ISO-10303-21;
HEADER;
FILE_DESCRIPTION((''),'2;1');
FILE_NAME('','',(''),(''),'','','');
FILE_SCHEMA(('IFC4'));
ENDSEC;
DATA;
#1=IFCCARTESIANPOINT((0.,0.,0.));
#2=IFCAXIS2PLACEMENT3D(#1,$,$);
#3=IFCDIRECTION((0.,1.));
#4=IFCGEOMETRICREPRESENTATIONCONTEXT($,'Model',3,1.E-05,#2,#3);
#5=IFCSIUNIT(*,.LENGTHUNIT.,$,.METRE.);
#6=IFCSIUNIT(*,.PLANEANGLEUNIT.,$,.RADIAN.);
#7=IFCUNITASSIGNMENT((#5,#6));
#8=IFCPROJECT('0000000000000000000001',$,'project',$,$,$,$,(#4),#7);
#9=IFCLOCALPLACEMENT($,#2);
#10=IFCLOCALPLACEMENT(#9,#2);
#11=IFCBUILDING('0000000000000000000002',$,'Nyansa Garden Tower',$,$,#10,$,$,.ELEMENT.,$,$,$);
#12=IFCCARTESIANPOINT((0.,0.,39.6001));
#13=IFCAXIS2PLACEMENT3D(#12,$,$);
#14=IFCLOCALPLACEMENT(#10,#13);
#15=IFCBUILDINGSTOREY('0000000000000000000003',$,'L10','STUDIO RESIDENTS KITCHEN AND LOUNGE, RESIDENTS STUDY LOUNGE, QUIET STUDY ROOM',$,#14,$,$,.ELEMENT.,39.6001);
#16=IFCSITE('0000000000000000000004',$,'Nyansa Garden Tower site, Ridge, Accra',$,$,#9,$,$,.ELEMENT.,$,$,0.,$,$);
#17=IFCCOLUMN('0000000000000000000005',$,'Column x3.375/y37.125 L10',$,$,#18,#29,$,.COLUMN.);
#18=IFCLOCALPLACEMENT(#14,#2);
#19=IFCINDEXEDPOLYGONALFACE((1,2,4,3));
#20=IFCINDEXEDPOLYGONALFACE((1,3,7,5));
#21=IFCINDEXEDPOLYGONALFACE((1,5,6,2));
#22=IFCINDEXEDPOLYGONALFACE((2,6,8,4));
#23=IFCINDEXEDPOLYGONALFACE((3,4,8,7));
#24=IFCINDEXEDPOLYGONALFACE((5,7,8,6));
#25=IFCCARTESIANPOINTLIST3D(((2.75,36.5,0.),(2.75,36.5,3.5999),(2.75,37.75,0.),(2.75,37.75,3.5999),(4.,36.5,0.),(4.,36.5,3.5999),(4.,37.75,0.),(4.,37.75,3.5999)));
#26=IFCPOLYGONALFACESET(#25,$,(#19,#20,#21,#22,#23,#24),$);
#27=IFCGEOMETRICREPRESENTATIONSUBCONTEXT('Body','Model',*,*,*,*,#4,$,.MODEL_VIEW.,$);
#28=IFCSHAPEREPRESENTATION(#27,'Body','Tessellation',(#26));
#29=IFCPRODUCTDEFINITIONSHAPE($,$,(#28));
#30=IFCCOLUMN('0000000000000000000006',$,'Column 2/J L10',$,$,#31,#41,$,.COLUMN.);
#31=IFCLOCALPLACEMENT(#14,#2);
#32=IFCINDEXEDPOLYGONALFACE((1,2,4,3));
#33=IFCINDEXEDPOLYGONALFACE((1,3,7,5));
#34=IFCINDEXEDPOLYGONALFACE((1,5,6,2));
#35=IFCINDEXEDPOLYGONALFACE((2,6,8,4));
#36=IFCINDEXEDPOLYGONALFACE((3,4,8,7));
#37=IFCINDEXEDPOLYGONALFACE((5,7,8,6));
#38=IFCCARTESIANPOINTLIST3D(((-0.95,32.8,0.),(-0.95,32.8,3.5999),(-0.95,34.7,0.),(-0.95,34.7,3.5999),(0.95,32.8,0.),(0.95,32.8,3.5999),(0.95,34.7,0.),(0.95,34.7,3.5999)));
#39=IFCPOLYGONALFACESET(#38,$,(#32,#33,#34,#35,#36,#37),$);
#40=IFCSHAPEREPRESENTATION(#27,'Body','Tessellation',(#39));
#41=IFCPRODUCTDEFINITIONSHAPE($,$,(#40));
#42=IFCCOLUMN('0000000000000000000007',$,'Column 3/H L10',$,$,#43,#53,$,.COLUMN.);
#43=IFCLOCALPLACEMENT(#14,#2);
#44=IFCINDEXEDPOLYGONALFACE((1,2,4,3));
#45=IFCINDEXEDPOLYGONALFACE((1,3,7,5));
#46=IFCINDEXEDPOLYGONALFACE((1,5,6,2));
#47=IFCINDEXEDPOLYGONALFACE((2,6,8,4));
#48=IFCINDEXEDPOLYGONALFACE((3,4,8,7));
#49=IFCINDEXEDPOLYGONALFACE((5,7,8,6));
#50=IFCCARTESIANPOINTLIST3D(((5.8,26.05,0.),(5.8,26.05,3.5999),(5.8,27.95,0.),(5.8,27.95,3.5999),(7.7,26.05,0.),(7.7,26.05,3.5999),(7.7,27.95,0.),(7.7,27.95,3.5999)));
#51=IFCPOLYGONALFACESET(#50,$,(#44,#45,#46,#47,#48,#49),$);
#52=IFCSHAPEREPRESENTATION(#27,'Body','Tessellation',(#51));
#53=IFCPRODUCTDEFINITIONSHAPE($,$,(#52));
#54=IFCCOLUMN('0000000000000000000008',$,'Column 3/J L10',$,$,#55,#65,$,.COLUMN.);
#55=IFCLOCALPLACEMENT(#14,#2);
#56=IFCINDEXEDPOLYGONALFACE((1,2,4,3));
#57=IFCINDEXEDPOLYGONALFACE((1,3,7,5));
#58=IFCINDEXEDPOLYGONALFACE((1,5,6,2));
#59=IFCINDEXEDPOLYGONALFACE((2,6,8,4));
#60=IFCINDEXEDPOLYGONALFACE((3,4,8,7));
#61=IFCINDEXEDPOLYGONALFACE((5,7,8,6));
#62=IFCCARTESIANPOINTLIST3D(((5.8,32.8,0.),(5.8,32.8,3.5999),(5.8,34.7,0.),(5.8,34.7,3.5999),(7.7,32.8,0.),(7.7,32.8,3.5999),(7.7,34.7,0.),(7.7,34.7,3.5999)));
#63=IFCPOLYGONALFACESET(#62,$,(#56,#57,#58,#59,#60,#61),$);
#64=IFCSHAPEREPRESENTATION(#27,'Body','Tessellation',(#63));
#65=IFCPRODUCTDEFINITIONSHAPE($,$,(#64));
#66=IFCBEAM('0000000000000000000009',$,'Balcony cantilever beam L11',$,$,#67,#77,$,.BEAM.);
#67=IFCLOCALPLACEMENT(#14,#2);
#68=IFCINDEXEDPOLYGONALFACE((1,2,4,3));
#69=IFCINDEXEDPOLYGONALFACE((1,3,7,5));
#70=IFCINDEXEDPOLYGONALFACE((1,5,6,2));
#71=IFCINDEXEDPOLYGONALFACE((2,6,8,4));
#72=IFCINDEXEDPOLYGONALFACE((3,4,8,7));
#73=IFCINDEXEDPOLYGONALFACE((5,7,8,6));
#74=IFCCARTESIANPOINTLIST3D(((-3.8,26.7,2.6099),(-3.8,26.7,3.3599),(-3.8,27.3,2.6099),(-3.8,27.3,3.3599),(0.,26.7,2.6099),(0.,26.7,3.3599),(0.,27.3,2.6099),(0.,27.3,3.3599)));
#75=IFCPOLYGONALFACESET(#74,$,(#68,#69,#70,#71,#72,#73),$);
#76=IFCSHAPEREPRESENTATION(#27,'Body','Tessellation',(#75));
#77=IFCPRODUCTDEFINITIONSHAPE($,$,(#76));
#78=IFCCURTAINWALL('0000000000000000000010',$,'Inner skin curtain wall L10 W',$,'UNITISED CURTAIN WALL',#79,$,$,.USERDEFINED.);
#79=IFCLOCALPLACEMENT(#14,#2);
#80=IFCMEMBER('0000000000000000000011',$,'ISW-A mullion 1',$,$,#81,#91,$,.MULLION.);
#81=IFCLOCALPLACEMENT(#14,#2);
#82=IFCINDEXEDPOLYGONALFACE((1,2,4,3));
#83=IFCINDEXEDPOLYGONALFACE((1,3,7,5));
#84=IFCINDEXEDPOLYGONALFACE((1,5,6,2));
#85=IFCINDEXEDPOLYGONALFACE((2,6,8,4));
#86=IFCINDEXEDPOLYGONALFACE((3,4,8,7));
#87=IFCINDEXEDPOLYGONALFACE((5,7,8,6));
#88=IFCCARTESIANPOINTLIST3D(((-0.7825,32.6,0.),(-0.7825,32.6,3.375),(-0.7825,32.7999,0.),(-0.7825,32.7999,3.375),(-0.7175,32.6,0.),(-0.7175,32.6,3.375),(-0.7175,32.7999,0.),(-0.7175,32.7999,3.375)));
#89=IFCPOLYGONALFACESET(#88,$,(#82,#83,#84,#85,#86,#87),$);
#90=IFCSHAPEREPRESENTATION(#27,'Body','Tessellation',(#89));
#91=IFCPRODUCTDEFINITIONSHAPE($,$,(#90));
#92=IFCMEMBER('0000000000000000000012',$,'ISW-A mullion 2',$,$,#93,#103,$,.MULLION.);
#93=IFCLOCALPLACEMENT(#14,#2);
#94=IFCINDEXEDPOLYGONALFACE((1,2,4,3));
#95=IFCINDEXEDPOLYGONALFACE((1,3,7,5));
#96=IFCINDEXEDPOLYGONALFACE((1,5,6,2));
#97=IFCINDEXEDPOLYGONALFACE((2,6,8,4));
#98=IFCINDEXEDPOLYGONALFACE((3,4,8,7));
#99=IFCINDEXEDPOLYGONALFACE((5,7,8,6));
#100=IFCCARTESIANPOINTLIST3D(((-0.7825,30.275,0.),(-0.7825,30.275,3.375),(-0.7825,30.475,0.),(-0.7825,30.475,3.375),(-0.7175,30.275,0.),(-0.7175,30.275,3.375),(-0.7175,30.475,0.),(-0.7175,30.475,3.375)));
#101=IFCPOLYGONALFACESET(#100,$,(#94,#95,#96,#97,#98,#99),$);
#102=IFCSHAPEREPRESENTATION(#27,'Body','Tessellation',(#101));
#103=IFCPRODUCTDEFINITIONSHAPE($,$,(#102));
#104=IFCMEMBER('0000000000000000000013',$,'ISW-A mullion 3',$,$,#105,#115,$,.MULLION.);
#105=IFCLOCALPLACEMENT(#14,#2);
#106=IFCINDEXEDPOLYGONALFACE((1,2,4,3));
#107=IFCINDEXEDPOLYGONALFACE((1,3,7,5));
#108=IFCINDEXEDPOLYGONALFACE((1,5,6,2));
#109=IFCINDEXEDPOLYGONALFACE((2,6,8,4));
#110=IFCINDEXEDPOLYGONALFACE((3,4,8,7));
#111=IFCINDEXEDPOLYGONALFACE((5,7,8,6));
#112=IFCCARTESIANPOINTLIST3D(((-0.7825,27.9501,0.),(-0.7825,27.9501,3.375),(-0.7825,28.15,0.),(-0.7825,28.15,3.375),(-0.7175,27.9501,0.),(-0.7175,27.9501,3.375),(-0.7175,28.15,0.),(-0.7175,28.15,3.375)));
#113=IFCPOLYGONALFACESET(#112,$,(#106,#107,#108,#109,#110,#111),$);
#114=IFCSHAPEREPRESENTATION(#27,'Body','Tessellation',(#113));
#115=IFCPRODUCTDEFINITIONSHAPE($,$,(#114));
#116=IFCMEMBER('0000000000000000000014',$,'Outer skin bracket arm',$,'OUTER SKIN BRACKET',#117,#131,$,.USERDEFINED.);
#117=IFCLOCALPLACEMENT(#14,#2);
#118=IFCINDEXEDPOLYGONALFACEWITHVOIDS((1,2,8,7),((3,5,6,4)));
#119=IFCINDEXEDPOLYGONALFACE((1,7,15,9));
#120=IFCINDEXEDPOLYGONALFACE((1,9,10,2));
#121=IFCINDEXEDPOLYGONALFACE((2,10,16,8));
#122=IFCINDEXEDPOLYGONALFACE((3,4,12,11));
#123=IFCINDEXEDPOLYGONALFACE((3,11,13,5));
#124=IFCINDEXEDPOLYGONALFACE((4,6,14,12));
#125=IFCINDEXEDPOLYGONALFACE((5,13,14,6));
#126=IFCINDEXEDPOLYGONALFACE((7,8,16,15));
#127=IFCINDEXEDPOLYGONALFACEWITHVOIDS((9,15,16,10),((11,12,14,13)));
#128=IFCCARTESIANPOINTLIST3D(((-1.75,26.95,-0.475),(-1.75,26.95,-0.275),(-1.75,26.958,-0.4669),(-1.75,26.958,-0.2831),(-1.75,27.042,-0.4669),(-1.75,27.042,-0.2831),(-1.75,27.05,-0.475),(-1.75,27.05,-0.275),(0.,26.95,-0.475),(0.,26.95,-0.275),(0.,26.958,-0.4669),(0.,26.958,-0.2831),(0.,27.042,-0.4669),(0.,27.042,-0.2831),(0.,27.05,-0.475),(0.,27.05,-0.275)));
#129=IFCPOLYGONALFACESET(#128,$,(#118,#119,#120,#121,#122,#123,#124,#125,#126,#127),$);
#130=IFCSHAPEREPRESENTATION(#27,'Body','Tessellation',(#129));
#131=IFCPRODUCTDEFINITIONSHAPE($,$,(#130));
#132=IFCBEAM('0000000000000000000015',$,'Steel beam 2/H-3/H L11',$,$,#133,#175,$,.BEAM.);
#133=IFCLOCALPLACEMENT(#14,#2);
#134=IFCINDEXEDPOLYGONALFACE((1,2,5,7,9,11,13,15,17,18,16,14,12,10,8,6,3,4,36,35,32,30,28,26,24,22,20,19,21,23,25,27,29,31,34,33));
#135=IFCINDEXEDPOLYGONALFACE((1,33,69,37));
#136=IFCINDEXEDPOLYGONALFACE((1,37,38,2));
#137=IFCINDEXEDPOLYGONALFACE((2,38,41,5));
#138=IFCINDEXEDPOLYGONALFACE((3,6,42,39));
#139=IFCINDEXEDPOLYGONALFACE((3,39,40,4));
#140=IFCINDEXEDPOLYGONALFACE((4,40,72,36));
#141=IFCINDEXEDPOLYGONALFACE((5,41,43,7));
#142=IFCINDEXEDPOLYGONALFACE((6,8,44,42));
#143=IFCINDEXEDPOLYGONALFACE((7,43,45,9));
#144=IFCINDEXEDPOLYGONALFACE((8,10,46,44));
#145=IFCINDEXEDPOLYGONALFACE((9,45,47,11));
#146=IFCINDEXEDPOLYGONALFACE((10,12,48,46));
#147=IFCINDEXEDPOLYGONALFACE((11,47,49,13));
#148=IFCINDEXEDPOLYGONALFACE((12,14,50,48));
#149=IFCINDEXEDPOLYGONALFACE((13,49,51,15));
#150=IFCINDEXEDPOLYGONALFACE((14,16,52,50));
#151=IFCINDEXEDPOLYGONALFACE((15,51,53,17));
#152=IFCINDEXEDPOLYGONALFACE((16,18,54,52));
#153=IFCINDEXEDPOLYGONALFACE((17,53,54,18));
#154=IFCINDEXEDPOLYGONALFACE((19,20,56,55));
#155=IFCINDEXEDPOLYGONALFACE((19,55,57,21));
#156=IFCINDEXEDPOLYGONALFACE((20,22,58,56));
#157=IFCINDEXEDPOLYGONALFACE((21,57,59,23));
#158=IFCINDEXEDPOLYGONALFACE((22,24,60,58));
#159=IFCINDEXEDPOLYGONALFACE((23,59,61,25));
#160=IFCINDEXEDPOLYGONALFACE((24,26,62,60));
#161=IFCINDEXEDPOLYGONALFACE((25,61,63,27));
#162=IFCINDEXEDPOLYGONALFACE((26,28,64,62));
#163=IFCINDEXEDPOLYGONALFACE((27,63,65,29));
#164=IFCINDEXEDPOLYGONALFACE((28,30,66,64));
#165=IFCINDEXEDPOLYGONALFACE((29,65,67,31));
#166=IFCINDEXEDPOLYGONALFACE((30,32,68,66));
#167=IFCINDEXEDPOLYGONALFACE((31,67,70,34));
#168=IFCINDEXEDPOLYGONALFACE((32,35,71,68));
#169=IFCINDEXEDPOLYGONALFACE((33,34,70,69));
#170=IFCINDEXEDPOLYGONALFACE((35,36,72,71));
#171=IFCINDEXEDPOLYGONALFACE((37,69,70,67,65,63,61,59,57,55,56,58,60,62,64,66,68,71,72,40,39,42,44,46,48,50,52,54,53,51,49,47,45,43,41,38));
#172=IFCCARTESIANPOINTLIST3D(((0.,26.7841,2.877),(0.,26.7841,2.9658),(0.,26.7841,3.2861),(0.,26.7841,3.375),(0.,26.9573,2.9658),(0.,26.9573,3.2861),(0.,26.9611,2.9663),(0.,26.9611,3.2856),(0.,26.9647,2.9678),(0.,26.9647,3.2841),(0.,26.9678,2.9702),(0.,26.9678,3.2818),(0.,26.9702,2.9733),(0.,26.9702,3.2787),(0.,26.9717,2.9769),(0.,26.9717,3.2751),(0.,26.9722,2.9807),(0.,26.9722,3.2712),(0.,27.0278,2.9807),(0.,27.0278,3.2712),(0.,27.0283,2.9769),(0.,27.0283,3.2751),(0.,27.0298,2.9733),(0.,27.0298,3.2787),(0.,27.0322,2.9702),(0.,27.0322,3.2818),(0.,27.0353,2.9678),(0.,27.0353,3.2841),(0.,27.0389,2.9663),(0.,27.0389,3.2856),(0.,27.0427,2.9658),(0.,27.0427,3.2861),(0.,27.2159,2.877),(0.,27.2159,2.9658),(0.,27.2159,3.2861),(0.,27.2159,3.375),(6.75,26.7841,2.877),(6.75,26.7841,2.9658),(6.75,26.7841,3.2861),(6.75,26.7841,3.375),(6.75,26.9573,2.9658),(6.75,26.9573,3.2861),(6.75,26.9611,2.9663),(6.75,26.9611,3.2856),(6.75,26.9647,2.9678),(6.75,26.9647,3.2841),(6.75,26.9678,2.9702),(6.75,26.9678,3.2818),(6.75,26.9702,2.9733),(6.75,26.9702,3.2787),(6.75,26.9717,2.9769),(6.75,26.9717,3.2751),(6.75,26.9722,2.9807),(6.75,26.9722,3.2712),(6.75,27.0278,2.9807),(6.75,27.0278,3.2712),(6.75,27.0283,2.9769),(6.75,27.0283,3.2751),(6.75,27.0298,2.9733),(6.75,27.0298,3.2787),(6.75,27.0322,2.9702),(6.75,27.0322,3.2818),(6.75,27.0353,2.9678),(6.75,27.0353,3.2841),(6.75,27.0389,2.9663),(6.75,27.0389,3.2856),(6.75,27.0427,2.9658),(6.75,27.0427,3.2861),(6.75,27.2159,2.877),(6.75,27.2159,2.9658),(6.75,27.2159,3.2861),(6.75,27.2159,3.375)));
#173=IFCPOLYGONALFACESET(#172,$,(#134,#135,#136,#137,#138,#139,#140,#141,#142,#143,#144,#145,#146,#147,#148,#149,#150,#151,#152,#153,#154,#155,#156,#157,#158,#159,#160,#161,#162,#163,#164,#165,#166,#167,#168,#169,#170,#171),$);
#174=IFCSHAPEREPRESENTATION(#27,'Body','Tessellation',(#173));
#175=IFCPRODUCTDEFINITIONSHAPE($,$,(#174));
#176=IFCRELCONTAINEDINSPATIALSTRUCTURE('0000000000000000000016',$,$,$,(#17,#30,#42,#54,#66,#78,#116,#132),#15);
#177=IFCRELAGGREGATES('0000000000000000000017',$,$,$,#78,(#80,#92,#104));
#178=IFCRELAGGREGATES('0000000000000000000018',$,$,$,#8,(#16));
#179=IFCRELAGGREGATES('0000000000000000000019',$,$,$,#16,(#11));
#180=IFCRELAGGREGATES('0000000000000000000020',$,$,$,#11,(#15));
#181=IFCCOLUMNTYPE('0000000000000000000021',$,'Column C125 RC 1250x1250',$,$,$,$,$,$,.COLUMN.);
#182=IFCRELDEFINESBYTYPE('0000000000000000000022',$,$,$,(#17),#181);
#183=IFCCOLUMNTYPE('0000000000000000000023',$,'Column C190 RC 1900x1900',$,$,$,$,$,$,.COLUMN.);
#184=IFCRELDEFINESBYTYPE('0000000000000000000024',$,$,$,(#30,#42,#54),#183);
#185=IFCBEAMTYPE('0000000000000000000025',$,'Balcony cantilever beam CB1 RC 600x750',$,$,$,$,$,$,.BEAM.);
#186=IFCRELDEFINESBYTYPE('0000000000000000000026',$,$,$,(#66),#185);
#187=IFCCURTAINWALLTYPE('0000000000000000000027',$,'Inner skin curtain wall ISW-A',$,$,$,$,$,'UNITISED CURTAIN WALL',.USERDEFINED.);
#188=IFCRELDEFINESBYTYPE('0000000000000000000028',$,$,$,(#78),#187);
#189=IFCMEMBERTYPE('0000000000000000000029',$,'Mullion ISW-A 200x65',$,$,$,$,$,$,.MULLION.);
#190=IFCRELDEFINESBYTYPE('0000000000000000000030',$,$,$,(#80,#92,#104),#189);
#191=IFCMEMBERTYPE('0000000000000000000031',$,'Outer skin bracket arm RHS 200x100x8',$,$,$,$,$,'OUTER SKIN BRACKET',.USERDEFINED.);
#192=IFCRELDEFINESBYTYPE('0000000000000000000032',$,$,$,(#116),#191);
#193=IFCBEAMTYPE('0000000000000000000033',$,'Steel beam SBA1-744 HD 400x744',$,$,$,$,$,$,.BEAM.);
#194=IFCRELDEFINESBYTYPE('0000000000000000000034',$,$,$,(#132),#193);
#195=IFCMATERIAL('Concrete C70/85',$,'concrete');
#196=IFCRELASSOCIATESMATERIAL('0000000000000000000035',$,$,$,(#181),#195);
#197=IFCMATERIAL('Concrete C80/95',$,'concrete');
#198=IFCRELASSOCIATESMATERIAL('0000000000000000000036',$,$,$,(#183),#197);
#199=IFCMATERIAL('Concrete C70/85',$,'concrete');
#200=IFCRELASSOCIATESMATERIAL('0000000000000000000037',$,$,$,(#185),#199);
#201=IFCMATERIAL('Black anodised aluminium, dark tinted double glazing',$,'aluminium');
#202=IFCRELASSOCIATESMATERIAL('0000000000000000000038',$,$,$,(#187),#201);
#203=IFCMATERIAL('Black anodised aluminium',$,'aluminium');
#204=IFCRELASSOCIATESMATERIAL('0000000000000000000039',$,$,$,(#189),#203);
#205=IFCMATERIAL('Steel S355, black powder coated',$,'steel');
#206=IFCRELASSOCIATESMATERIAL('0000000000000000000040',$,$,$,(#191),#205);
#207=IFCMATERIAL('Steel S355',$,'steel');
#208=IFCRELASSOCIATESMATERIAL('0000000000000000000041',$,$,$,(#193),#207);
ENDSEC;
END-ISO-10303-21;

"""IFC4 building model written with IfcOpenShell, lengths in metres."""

from ifc_helpers import new_model, si_unit, direction, frame, origin, origin_2d, place, context, subcontext, project, spatial, rectangle, hollow_rectangle, i_section, extrude, material, material_profile, profile_set, type_object, element, aggregate, save


model = new_model("IFC4")

# Units and contexts
model_context = context("Model", 3, precision=1e-05, world=origin(), true_north=direction((0.0, 1.0)))
body_context = subcontext(model_context, "Body", "Model", "MODEL_VIEW")
ifc_project = project(units=[si_unit("LENGTHUNIT", "METRE"), si_unit("PLANEANGLEUNIT", "RADIAN")], contexts=[model_context])

# Site, building, storey
site_placement = place(None, origin())
site = spatial("IfcSite", under=ifc_project, at=site_placement, Name="Nyansa Garden Tower site, Ridge, Accra", CompositionType="ELEMENT", RefElevation=0.0)
building_placement = place(site_placement, origin())
building = spatial("IfcBuilding", under=site, at=building_placement, Name="Nyansa Garden Tower", CompositionType="ELEMENT")
storey_placement = place(building_placement, frame((0.0, 0.0, 39.6001)))
storey = spatial("IfcBuildingStorey", under=building, at=storey_placement, Name="L10", Description="STUDIO RESIDENTS KITCHEN AND LOUNGE, RESIDENTS STUDY LOUNGE, QUIET STUDY ROOM", CompositionType="ELEMENT", Elevation=39.6001)

# Columns
ifc_material_1 = material(Name="Concrete C70/85", Category="concrete")
ifc_material_profile_1 = material_profile(ifc_material_1, rectangle(XDim=1.25, YDim=1.25, at=origin_2d()), Name="RC 1250x1250")
ifc_profile_set_1 = profile_set([ifc_material_profile_1], Name="Concrete C70/85")
column_type_1 = type_object("IfcColumnType", Name="Column C125 RC 1250x1250", PredefinedType="COLUMN", material=ifc_profile_set_1)
column_placement = place(storey_placement, frame((3.375, 37.125, 0.0), z_axis=(0.0, 0.0, 1.0), x_axis=(1.0, 0.0, 0.0)))
element("IfcColumn", 1, at=column_placement, inside=storey, type_object=column_type_1, Name="Column x3.375/y37.125 L10", PredefinedType="COLUMN", context=body_context, shape_type="SweptSolid", body=[
    extrude(rectangle(XDim=1.25, YDim=1.25, at=origin_2d()), origin(), (0.0, 0.0, 1.0), 3.5999),
])
ifc_material_2 = material(Name="Concrete C80/95", Category="concrete")
ifc_material_profile_2 = material_profile(ifc_material_2, rectangle(XDim=1.8999, YDim=1.8999, at=origin_2d()), Name="RC 1900x1900")
ifc_profile_set_2 = profile_set([ifc_material_profile_2], Name="Concrete C80/95")
column_type_2 = type_object("IfcColumnType", Name="Column C190 RC 1900x1900", PredefinedType="COLUMN", material=ifc_profile_set_2)
for number, where, z_axis, x_axis, name in (
    (2, (0.0, 33.75, 0.0), (0.0, 0.0, 1.0), (1.0, 0.0, 0.0), "Column 2/J L10"),
    (3, (6.75, 27.0, 0.0), (0.0, 0.0, 1.0), (1.0, 0.0, 0.0), "Column 3/H L10"),
    (4, (6.75, 33.75, 0.0), (0.0, 0.0, 1.0), (1.0, 0.0, 0.0), "Column 3/J L10"),
):
    element("IfcColumn", number, at=place(storey_placement, frame(where, z_axis=z_axis, x_axis=x_axis)), inside=storey, type_object=column_type_2, Name=name, PredefinedType="COLUMN", context=body_context, shape_type="SweptSolid", body=[
        extrude(rectangle(XDim=1.8999, YDim=1.8999, at=origin_2d()), origin(), (0.0, 0.0, 1.0), 3.5999),
    ])

# Beam
ifc_material_3 = material(Name="Concrete C70/85", Category="concrete")
ifc_material_profile_3 = material_profile(ifc_material_3, rectangle(XDim=0.6001, YDim=0.75, at=origin_2d()), Name="RC 600x750")
ifc_profile_set_3 = profile_set([ifc_material_profile_3], Name="Concrete C70/85")
beam_type_1 = type_object("IfcBeamType", Name="Balcony cantilever beam CB1 RC 600x750", PredefinedType="BEAM", material=ifc_profile_set_3)
beam_1_placement = place(storey_placement, frame((0.0, 27.0, 2.9849), z_axis=(-1.0, 0.0, 0.0), x_axis=(0.0, -1.0, 0.0)))
element("IfcBeam", 5, at=beam_1_placement, inside=storey, type_object=beam_type_1, Name="Balcony cantilever beam L11", PredefinedType="BEAM", context=body_context, shape_type="SweptSolid", body=[
    extrude(rectangle(XDim=0.6001, YDim=0.75, at=origin_2d()), origin(), (0.0, 0.0, 1.0), 3.8),
])

# Curtain wall, members
ifc_material_4 = material(Name="Black anodised aluminium, dark tinted double glazing", Category="aluminium")
curtain_wall_type = type_object("IfcCurtainWallType", Name="Inner skin curtain wall ISW-A", ElementType="UNITISED CURTAIN WALL", PredefinedType="USERDEFINED", material=ifc_material_4)
curtain_wall_placement = place(storey_placement, origin())
curtain_wall = element("IfcCurtainWall", 6, at=curtain_wall_placement, inside=storey, type_object=curtain_wall_type, Name="Inner skin curtain wall L10 W", ObjectType="UNITISED CURTAIN WALL", PredefinedType="USERDEFINED")
ifc_material_5 = material(Name="Black anodised aluminium", Category="aluminium")
ifc_material_profile_4 = material_profile(ifc_material_5, rectangle(XDim=0.0649, YDim=0.2, at=origin_2d()), Name="Mullion 200x65")
ifc_profile_set_4 = profile_set([ifc_material_profile_4], Name="Black anodised aluminium")
member_type_1 = type_object("IfcMemberType", Name="Mullion ISW-A 200x65", PredefinedType="MULLION", material=ifc_profile_set_4)
member_1_placement = place(storey_placement, frame((-0.75, 32.7, 0.0), z_axis=(0.0, 0.0, 1.0), x_axis=(1.0, 0.0, 0.0)))
member_1 = element("IfcMember", 7, at=member_1_placement, type_object=member_type_1, Name="ISW-A mullion 1", PredefinedType="MULLION", context=body_context, shape_type="SweptSolid", body=[
    extrude(rectangle(XDim=0.0649, YDim=0.2, at=origin_2d()), origin(), (0.0, 0.0, 1.0), 3.375),
])
member_2_placement = place(storey_placement, frame((-0.75, 30.375, 0.0), z_axis=(0.0, 0.0, 1.0), x_axis=(1.0, 0.0, 0.0)))
member_2 = element("IfcMember", 8, at=member_2_placement, type_object=member_type_1, Name="ISW-A mullion 2", PredefinedType="MULLION", context=body_context, shape_type="SweptSolid", body=[
    extrude(rectangle(XDim=0.0649, YDim=0.2, at=origin_2d()), origin(), (0.0, 0.0, 1.0), 3.375),
])
member_3_placement = place(storey_placement, frame((-0.75, 28.05, 0.0), z_axis=(0.0, 0.0, 1.0), x_axis=(1.0, 0.0, 0.0)))
member_3 = element("IfcMember", 9, at=member_3_placement, type_object=member_type_1, Name="ISW-A mullion 3", PredefinedType="MULLION", context=body_context, shape_type="SweptSolid", body=[
    extrude(rectangle(XDim=0.0649, YDim=0.2, at=origin_2d()), origin(), (0.0, 0.0, 1.0), 3.375),
])

# Member
ifc_material_6 = material(Name="Steel S355, black powder coated", Category="steel")
ifc_material_profile_5 = material_profile(ifc_material_6, hollow_rectangle(XDim=0.1001, YDim=0.2, WallThickness=0.0081, at=origin_2d()), Name="RHS 200x100x8")
ifc_profile_set_5 = profile_set([ifc_material_profile_5], Name="Steel S355, black powder coated")
member_type_2 = type_object("IfcMemberType", Name="Outer skin bracket arm RHS 200x100x8", ElementType="OUTER SKIN BRACKET", PredefinedType="USERDEFINED", material=ifc_profile_set_5)
member_4_placement = place(storey_placement, frame((0.0, 27.0, -0.375), z_axis=(-1.0, 0.0, 0.0), x_axis=(0.0, -1.0, 0.0)))
element("IfcMember", 10, at=member_4_placement, inside=storey, type_object=member_type_2, Name="Outer skin bracket arm", ObjectType="OUTER SKIN BRACKET", PredefinedType="USERDEFINED", context=body_context, shape_type="SweptSolid", body=[
    extrude(hollow_rectangle(XDim=0.1001, YDim=0.2, WallThickness=0.0081, at=origin_2d()), origin(), (0.0, 0.0, 1.0), 1.75),
])

# Beam
ifc_material_7 = material(Name="Steel S355", Category="steel")
ifc_material_profile_6 = material_profile(ifc_material_7, i_section(OverallWidth=0.4319, OverallDepth=0.498, WebThickness=0.0557, FlangeThickness=0.0889, FilletRadius=0.0149, at=origin_2d()), Name="HD 400x744")
ifc_profile_set_6 = profile_set([ifc_material_profile_6], Name="Steel S355")
beam_type_2 = type_object("IfcBeamType", Name="Steel beam SBA1-744 HD 400x744", PredefinedType="BEAM", material=ifc_profile_set_6)
for number, where, z_axis, x_axis, name in (
    (11, (0.0, 27.0, 3.126), (1.0, 0.0, 0.0), (0.0, 1.0, 0.0), "Steel beam 2/H-3/H L11"),
):
    element("IfcBeam", number, at=place(storey_placement, frame(where, z_axis=z_axis, x_axis=x_axis)), inside=storey, type_object=beam_type_2, Name=name, PredefinedType="BEAM", context=body_context, shape_type="SweptSolid", body=[
        extrude(i_section(OverallWidth=0.4319, OverallDepth=0.498, WebThickness=0.0557, FlangeThickness=0.0889, FilletRadius=0.0149, at=origin_2d()), origin(), (0.0, 0.0, 1.0), 6.75),
    ])

aggregate(curtain_wall, [member_1, member_2, member_3])

save(model, "model.ifc")
